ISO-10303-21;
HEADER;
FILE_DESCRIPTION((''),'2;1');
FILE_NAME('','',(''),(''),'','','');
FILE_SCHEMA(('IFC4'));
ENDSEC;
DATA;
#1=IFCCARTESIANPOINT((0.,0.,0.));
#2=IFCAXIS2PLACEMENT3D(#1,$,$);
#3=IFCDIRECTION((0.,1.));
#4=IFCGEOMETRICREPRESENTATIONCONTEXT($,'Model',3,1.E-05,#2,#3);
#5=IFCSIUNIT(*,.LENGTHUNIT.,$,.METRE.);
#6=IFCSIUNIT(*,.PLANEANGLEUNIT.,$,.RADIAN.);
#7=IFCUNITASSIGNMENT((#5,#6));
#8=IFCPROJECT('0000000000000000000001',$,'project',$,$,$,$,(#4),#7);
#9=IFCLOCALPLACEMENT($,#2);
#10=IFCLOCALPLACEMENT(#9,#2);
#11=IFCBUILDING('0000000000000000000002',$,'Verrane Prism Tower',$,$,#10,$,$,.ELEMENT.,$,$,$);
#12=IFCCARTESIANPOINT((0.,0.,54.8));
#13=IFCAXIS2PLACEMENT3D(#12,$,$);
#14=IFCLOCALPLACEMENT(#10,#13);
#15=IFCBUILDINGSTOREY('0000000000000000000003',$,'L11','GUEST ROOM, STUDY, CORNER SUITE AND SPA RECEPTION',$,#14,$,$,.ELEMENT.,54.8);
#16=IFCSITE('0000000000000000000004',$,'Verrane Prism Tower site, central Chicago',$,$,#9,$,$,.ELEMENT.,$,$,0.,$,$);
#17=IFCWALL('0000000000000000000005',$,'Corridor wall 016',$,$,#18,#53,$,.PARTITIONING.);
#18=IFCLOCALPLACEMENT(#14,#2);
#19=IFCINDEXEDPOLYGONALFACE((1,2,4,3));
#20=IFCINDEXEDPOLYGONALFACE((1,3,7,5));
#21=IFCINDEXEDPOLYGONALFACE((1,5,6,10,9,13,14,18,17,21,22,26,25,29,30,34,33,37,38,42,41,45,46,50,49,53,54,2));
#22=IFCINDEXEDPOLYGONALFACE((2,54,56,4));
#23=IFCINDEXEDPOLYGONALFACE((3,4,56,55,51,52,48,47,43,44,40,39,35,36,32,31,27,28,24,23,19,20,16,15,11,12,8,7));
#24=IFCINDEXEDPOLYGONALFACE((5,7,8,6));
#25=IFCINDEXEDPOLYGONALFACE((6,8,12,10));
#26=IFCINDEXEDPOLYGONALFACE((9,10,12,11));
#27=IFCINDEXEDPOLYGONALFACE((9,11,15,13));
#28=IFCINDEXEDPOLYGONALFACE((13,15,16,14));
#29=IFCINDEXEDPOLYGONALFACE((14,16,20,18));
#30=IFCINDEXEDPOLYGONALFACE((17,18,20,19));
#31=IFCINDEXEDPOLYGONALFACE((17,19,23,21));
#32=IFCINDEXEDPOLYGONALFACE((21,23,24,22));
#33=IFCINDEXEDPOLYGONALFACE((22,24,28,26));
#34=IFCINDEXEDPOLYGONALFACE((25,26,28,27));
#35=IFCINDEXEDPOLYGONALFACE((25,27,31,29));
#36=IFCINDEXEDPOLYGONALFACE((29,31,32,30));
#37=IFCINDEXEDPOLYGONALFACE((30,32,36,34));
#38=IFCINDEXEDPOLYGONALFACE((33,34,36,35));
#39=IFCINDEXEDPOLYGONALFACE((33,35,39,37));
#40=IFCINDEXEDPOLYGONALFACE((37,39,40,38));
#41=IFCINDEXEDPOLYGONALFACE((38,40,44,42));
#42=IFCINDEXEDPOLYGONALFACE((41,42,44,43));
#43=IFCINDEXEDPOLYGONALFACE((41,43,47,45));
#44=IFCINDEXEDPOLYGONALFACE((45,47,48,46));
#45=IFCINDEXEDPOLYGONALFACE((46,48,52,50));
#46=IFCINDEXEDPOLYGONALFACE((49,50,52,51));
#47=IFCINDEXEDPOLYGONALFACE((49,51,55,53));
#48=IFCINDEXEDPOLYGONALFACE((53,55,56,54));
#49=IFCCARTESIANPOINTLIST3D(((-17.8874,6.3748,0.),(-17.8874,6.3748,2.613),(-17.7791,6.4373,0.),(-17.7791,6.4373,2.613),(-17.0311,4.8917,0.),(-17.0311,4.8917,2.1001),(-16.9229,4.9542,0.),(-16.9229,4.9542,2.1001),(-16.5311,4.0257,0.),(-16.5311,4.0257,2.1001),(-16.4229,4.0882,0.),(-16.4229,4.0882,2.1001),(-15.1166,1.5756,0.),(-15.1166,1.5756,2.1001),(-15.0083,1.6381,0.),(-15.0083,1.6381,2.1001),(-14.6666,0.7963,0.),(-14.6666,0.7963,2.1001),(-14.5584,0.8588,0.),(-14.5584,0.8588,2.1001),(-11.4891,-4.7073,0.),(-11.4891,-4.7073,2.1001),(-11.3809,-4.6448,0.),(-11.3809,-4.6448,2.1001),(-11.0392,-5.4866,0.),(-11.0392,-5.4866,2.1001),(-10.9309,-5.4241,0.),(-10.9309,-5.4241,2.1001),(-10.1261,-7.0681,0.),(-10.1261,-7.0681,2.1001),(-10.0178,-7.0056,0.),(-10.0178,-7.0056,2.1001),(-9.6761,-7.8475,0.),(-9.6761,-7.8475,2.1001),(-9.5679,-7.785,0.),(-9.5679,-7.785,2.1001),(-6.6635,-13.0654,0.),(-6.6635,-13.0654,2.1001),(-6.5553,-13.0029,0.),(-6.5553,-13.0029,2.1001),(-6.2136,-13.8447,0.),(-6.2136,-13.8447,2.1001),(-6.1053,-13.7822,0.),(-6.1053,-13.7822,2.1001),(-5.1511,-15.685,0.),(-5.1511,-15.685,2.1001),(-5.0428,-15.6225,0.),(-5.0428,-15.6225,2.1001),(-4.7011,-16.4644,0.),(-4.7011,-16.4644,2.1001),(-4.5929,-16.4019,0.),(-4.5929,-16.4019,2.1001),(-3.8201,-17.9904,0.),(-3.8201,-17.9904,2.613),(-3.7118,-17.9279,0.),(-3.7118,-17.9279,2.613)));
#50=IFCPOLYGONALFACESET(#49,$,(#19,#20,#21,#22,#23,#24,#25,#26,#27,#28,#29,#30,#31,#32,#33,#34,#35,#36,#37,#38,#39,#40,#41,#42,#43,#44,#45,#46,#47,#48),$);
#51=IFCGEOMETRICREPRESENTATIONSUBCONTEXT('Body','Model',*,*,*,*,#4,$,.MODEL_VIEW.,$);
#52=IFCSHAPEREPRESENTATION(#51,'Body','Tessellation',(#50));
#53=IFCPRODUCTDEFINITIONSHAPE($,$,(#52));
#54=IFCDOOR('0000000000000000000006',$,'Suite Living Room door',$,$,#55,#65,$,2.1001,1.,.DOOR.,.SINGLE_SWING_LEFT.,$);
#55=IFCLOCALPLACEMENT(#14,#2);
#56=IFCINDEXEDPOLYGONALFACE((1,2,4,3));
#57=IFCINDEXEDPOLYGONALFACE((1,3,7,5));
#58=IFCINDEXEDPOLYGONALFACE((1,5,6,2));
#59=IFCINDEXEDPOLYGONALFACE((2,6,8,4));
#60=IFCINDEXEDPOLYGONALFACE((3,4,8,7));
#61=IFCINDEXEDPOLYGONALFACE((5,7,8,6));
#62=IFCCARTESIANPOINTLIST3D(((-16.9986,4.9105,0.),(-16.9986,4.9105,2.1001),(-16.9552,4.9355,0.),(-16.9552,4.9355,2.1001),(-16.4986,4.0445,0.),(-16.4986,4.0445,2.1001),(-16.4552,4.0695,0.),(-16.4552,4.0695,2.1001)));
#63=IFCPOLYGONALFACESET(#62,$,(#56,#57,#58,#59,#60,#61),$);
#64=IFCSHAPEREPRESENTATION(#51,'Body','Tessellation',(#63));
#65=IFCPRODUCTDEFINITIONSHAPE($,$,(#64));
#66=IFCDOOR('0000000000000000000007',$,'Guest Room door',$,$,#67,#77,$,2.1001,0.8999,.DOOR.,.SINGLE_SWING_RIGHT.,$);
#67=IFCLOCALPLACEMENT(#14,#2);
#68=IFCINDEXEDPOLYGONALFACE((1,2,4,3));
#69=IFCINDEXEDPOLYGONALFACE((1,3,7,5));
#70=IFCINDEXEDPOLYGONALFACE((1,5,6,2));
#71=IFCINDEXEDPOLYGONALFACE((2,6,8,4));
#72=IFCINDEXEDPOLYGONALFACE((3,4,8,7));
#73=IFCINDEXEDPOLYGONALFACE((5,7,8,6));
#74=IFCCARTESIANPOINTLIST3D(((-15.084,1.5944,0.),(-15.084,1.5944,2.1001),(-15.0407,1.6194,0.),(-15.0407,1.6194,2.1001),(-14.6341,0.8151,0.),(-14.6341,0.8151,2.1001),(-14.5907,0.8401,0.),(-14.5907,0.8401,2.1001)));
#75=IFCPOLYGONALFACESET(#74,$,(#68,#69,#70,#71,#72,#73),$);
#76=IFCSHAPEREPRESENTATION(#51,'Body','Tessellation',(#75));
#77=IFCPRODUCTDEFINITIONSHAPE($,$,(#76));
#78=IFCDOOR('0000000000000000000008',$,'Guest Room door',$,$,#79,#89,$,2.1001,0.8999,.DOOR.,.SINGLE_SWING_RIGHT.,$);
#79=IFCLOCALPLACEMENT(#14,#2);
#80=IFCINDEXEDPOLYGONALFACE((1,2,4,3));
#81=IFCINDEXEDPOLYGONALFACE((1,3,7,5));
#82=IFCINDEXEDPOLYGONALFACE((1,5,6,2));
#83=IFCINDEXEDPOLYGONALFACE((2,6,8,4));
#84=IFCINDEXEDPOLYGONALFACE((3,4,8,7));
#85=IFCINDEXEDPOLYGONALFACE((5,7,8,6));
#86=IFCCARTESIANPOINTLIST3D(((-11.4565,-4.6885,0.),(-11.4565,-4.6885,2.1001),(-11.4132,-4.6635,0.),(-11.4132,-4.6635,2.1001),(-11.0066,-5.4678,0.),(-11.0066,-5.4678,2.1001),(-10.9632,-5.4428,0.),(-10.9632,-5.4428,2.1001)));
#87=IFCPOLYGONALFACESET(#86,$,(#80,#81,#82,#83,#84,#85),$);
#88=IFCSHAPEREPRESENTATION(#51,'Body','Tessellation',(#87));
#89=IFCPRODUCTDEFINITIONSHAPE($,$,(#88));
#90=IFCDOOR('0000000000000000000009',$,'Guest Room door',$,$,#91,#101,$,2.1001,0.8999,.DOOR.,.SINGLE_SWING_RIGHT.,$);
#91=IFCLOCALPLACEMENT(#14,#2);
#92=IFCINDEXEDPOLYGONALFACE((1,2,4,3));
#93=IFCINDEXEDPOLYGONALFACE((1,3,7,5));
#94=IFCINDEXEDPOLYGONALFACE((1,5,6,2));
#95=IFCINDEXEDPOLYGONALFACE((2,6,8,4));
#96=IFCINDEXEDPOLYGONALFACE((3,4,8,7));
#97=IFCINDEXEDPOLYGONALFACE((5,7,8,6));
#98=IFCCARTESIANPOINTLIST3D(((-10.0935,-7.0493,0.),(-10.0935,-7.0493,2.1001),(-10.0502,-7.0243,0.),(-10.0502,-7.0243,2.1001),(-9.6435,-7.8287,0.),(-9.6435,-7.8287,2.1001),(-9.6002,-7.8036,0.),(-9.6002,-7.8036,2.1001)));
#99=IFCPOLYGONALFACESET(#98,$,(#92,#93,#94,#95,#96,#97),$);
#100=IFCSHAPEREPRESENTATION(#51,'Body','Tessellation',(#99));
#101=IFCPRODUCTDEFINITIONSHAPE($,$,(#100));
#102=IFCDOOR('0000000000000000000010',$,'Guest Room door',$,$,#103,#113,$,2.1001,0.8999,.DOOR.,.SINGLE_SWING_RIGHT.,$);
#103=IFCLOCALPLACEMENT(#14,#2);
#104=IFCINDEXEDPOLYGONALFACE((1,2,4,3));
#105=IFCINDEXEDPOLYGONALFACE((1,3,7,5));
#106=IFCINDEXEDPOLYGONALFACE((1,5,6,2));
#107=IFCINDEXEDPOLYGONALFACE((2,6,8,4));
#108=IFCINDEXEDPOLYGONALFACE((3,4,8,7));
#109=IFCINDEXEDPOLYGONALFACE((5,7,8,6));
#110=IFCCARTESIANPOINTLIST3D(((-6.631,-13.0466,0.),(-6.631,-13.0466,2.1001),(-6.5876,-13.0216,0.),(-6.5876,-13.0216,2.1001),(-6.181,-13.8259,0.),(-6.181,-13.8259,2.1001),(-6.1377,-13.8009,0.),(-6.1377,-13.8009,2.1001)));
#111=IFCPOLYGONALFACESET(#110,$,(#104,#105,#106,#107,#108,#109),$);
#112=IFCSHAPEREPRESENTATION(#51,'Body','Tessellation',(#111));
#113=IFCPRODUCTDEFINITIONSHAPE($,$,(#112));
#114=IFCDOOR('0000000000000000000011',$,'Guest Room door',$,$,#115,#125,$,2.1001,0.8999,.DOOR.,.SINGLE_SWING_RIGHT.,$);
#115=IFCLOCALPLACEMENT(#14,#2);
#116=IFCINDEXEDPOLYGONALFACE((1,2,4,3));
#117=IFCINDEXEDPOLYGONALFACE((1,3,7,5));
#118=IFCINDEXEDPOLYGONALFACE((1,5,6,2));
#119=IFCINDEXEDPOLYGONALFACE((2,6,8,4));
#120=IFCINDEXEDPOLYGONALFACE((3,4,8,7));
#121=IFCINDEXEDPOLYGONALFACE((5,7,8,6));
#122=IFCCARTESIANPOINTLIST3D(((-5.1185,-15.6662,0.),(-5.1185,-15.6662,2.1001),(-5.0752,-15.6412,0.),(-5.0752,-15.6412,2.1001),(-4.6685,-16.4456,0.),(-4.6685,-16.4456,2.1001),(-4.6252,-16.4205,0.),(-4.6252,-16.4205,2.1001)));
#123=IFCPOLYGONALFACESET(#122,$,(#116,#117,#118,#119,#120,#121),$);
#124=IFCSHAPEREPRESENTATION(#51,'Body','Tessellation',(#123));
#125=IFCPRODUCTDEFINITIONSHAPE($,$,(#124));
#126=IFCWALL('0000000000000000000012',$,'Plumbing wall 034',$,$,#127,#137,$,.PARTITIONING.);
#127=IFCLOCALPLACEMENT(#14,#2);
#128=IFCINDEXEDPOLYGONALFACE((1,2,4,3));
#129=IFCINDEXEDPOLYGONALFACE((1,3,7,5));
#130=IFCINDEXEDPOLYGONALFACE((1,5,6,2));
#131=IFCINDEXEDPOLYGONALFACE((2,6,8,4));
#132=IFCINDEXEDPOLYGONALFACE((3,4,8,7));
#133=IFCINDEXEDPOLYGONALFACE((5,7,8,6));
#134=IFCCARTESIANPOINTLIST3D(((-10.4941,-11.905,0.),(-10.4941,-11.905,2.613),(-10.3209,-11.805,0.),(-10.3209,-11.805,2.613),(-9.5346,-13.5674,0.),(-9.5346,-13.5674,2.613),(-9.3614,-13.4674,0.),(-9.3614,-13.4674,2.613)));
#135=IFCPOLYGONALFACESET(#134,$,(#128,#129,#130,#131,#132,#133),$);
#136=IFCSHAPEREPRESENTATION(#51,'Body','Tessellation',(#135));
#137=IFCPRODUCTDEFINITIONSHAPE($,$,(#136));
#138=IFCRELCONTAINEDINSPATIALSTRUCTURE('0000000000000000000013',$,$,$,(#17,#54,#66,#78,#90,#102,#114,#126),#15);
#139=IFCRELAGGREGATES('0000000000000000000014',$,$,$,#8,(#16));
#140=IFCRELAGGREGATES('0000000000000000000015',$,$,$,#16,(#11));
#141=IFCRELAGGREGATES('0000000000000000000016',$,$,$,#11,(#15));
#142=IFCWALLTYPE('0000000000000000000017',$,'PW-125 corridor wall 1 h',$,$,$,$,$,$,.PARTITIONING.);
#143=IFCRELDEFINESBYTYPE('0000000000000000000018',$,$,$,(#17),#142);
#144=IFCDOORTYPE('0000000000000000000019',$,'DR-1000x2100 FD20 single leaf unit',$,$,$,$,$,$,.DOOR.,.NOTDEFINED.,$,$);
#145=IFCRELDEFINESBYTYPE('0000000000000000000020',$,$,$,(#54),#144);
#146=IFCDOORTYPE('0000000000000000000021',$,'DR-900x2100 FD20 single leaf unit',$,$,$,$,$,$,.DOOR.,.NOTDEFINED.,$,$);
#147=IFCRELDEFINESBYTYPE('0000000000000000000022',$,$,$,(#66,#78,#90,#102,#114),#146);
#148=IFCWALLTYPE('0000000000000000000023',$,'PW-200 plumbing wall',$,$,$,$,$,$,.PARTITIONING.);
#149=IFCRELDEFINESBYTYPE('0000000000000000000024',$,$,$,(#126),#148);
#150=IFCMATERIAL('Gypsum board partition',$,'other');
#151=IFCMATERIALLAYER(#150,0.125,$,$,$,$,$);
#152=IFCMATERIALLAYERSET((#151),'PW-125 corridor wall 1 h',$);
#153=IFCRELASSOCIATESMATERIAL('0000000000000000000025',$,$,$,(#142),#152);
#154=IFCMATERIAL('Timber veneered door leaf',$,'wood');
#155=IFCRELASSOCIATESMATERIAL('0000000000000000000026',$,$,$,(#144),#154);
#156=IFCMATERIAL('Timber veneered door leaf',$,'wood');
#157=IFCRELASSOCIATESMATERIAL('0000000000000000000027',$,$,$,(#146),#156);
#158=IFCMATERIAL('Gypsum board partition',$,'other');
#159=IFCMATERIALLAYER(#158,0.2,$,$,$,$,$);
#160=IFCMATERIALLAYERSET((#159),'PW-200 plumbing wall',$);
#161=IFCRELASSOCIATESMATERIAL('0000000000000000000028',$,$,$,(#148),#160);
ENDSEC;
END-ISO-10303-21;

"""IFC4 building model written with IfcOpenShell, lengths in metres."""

from ifc_helpers import new_model, si_unit, direction, frame, frame_2d, origin, place, context, subcontext, project, spatial, rectangle, extrude, material, layer, layer_set, type_object, element, fill, save


model = new_model("IFC4")

# Units and contexts
model_context = context("Model", 3, precision=1e-05, world=origin(), true_north=direction((0.0, 1.0)))
body_context = subcontext(model_context, "Body", "Model", "MODEL_VIEW")
ifc_project = project(units=[si_unit("LENGTHUNIT", "METRE"), si_unit("PLANEANGLEUNIT", "RADIAN")], contexts=[model_context])

# Site, building, storey
site_placement = place(None, origin())
site = spatial("IfcSite", under=ifc_project, at=site_placement, Name="Verrane Prism Tower site, central Chicago", CompositionType="ELEMENT", RefElevation=0.0)
building_placement = place(site_placement, origin())
building = spatial("IfcBuilding", under=site, at=building_placement, Name="Verrane Prism Tower", CompositionType="ELEMENT")
storey_placement = place(building_placement, frame((0.0, 0.0, 54.8)))
storey = spatial("IfcBuildingStorey", under=building, at=storey_placement, Name="L11", Description="GUEST ROOM, STUDY, CORNER SUITE AND SPA RECEPTION", CompositionType="ELEMENT", Elevation=54.8)

# Wall, openings, doors
ifc_material_1 = material(Name="Gypsum board partition", Category="other")
ifc_layer_1 = layer(ifc_material_1, 0.125)
ifc_layer_set_1 = layer_set([ifc_layer_1], Name="PW-125 corridor wall 1 h")
wall_type_1 = type_object("IfcWallType", Name="PW-125 corridor wall 1 h", PredefinedType="PARTITIONING", material=ifc_layer_set_1)
wall_1_placement = place(storey_placement, frame((-3.7659, -17.9592, 0.0), z_axis=(0.0, 0.0, 1.0), x_axis=(-0.500003, 0.866024, 0.0)))
wall_1 = element("IfcWall", 1, at=wall_1_placement, inside=storey, type_object=wall_type_1, Name="Corridor wall 016", PredefinedType="PARTITIONING", context=body_context, shape_type="SweptSolid", body=[
    extrude(rectangle(XDim=28.1345, YDim=0.125, at=frame_2d((14.0674, 0.0))), origin(), (0.0, 0.0, 1.0), 2.613),
])
opening_1_placement = place(wall_1_placement, frame((25.4221, 0.0, 0.0)))
opening_1 = element("IfcOpeningElement", 2, at=opening_1_placement, cuts=wall_1, PredefinedType="OPENING", context=body_context, shape_type="SweptSolid", body=[
    extrude(rectangle(XDim=1.0, YDim=2.1001, at=frame_2d((0.5, 1.05))), frame((0.0, 0.0725, 0.0), z_axis=(0.0, -1.0, 0.0), x_axis=(1.0, 0.0, 0.0)), (0.0, 0.0, 1.0), 0.145),
])
opening_2_placement = place(wall_1_placement, frame((21.6931, 0.0, 0.0)))
opening_2 = element("IfcOpeningElement", 3, at=opening_2_placement, cuts=wall_1, PredefinedType="OPENING", context=body_context, shape_type="SweptSolid", body=[
    extrude(rectangle(XDim=0.8999, YDim=2.1001, at=frame_2d((0.45, 1.05))), frame((0.0, 0.0725, 0.0), z_axis=(0.0, -1.0, 0.0), x_axis=(1.0, 0.0, 0.0)), (0.0, 0.0, 1.0), 0.145),
])
opening_3_placement = place(wall_1_placement, frame((14.4382, 0.0, 0.0)))
opening_3 = element("IfcOpeningElement", 4, at=opening_3_placement, cuts=wall_1, PredefinedType="OPENING", context=body_context, shape_type="SweptSolid", body=[
    extrude(rectangle(XDim=0.8999, YDim=2.1001, at=frame_2d((0.45, 1.05))), frame((0.0, 0.0725, 0.0), z_axis=(0.0, -1.0, 0.0), x_axis=(1.0, 0.0, 0.0)), (0.0, 0.0, 1.0), 0.145),
])
opening_4_placement = place(wall_1_placement, frame((11.7122, 0.0, 0.0)))
opening_4 = element("IfcOpeningElement", 5, at=opening_4_placement, cuts=wall_1, PredefinedType="OPENING", context=body_context, shape_type="SweptSolid", body=[
    extrude(rectangle(XDim=0.8999, YDim=2.1001, at=frame_2d((0.45, 1.05))), frame((0.0, 0.0725, 0.0), z_axis=(0.0, -1.0, 0.0), x_axis=(1.0, 0.0, 0.0)), (0.0, 0.0, 1.0), 0.145),
])
opening_5_placement = place(wall_1_placement, frame((4.7871, 0.0, 0.0)))
opening_5 = element("IfcOpeningElement", 6, at=opening_5_placement, cuts=wall_1, PredefinedType="OPENING", context=body_context, shape_type="SweptSolid", body=[
    extrude(rectangle(XDim=0.8999, YDim=2.1001, at=frame_2d((0.45, 1.05))), frame((0.0, 0.0725, 0.0), z_axis=(0.0, -1.0, 0.0), x_axis=(1.0, 0.0, 0.0)), (0.0, 0.0, 1.0), 0.145),
])
opening_6_placement = place(wall_1_placement, frame((1.7622, 0.0, 0.0)))
opening_6 = element("IfcOpeningElement", 7, at=opening_6_placement, cuts=wall_1, PredefinedType="OPENING", context=body_context, shape_type="SweptSolid", body=[
    extrude(rectangle(XDim=0.8999, YDim=2.1001, at=frame_2d((0.45, 1.05))), frame((0.0, 0.0725, 0.0), z_axis=(0.0, -1.0, 0.0), x_axis=(1.0, 0.0, 0.0)), (0.0, 0.0, 1.0), 0.145),
])
ifc_material_2 = material(Name="Timber veneered door leaf", Category="wood")
door_type_1 = type_object("IfcDoorType", Name="DR-1000x2100 FD20 single leaf unit", OperationType="NOTDEFINED", PredefinedType="DOOR", material=ifc_material_2)
door_1_placement = place(opening_1_placement, origin())
door_1 = element("IfcDoor", 8, at=door_1_placement, inside=storey, type_object=door_type_1, Name="Suite Living Room door", OperationType="SINGLE_SWING_LEFT", OverallHeight=2.1001, OverallWidth=1.0, PredefinedType="DOOR", context=body_context, shape_type="SweptSolid", body=[
    extrude(rectangle(XDim=1.0, YDim=2.1001, at=frame_2d((0.5, 1.05))), frame((0.0, 0.0249, 0.0), z_axis=(0.0, -1.0, 0.0), x_axis=(1.0, 0.0, 0.0)), (0.0, 0.0, 1.0), 0.05),
])
fill(opening_1, door_1)
ifc_material_3 = material(Name="Timber veneered door leaf", Category="wood")
door_type_2 = type_object("IfcDoorType", Name="DR-900x2100 FD20 single leaf unit", OperationType="NOTDEFINED", PredefinedType="DOOR", material=ifc_material_3)
door_2_placement = place(opening_2_placement, origin())
door_2 = element("IfcDoor", 9, at=door_2_placement, inside=storey, type_object=door_type_2, Name="Guest Room door", OperationType="SINGLE_SWING_RIGHT", OverallHeight=2.1001, OverallWidth=0.8999, PredefinedType="DOOR", context=body_context, shape_type="SweptSolid", body=[
    extrude(rectangle(XDim=0.8999, YDim=2.1001, at=frame_2d((0.45, 1.05))), frame((0.0, 0.0249, 0.0), z_axis=(0.0, -1.0, 0.0), x_axis=(1.0, 0.0, 0.0)), (0.0, 0.0, 1.0), 0.05),
])
fill(opening_2, door_2)
door_3_placement = place(opening_3_placement, origin())
door_3 = element("IfcDoor", 10, at=door_3_placement, inside=storey, type_object=door_type_2, Name="Guest Room door", OperationType="SINGLE_SWING_RIGHT", OverallHeight=2.1001, OverallWidth=0.8999, PredefinedType="DOOR", context=body_context, shape_type="SweptSolid", body=[
    extrude(rectangle(XDim=0.8999, YDim=2.1001, at=frame_2d((0.45, 1.05))), frame((0.0, 0.0249, 0.0), z_axis=(0.0, -1.0, 0.0), x_axis=(1.0, 0.0, 0.0)), (0.0, 0.0, 1.0), 0.05),
])
fill(opening_3, door_3)
door_4_placement = place(opening_4_placement, origin())
door_4 = element("IfcDoor", 11, at=door_4_placement, inside=storey, type_object=door_type_2, Name="Guest Room door", OperationType="SINGLE_SWING_RIGHT", OverallHeight=2.1001, OverallWidth=0.8999, PredefinedType="DOOR", context=body_context, shape_type="SweptSolid", body=[
    extrude(rectangle(XDim=0.8999, YDim=2.1001, at=frame_2d((0.45, 1.05))), frame((0.0, 0.0249, 0.0), z_axis=(0.0, -1.0, 0.0), x_axis=(1.0, 0.0, 0.0)), (0.0, 0.0, 1.0), 0.05),
])
fill(opening_4, door_4)
door_5_placement = place(opening_5_placement, origin())
door_5 = element("IfcDoor", 12, at=door_5_placement, inside=storey, type_object=door_type_2, Name="Guest Room door", OperationType="SINGLE_SWING_RIGHT", OverallHeight=2.1001, OverallWidth=0.8999, PredefinedType="DOOR", context=body_context, shape_type="SweptSolid", body=[
    extrude(rectangle(XDim=0.8999, YDim=2.1001, at=frame_2d((0.45, 1.05))), frame((0.0, 0.0249, 0.0), z_axis=(0.0, -1.0, 0.0), x_axis=(1.0, 0.0, 0.0)), (0.0, 0.0, 1.0), 0.05),
])
fill(opening_5, door_5)
door_6_placement = place(opening_6_placement, origin())
door_6 = element("IfcDoor", 13, at=door_6_placement, inside=storey, type_object=door_type_2, Name="Guest Room door", OperationType="SINGLE_SWING_RIGHT", OverallHeight=2.1001, OverallWidth=0.8999, PredefinedType="DOOR", context=body_context, shape_type="SweptSolid", body=[
    extrude(rectangle(XDim=0.8999, YDim=2.1001, at=frame_2d((0.45, 1.05))), frame((0.0, 0.0249, 0.0), z_axis=(0.0, -1.0, 0.0), x_axis=(1.0, 0.0, 0.0)), (0.0, 0.0, 1.0), 0.05),
])
fill(opening_6, door_6)

# Wall
ifc_material_4 = material(Name="Gypsum board partition", Category="other")
ifc_layer_2 = layer(ifc_material_4, 0.2)
ifc_layer_set_2 = layer_set([ifc_layer_2], Name="PW-200 plumbing wall")
wall_type_2 = type_object("IfcWallType", Name="PW-200 plumbing wall", PredefinedType="PARTITIONING", material=ifc_layer_set_2)
wall_2_placement = place(storey_placement, frame((-10.4075, -11.855, 0.0), z_axis=(0.0, 0.0, 1.0), x_axis=(0.499888, -0.86609, 0.0)))
element("IfcWall", 14, at=wall_2_placement, inside=storey, type_object=wall_type_2, Name="Plumbing wall 034", PredefinedType="PARTITIONING", context=body_context, shape_type="SweptSolid", body=[
    extrude(rectangle(XDim=1.9194, YDim=0.2, at=frame_2d((0.9597, 0.0))), origin(), (0.0, 0.0, 1.0), 2.613),
])

save(model, "model.ifc")
